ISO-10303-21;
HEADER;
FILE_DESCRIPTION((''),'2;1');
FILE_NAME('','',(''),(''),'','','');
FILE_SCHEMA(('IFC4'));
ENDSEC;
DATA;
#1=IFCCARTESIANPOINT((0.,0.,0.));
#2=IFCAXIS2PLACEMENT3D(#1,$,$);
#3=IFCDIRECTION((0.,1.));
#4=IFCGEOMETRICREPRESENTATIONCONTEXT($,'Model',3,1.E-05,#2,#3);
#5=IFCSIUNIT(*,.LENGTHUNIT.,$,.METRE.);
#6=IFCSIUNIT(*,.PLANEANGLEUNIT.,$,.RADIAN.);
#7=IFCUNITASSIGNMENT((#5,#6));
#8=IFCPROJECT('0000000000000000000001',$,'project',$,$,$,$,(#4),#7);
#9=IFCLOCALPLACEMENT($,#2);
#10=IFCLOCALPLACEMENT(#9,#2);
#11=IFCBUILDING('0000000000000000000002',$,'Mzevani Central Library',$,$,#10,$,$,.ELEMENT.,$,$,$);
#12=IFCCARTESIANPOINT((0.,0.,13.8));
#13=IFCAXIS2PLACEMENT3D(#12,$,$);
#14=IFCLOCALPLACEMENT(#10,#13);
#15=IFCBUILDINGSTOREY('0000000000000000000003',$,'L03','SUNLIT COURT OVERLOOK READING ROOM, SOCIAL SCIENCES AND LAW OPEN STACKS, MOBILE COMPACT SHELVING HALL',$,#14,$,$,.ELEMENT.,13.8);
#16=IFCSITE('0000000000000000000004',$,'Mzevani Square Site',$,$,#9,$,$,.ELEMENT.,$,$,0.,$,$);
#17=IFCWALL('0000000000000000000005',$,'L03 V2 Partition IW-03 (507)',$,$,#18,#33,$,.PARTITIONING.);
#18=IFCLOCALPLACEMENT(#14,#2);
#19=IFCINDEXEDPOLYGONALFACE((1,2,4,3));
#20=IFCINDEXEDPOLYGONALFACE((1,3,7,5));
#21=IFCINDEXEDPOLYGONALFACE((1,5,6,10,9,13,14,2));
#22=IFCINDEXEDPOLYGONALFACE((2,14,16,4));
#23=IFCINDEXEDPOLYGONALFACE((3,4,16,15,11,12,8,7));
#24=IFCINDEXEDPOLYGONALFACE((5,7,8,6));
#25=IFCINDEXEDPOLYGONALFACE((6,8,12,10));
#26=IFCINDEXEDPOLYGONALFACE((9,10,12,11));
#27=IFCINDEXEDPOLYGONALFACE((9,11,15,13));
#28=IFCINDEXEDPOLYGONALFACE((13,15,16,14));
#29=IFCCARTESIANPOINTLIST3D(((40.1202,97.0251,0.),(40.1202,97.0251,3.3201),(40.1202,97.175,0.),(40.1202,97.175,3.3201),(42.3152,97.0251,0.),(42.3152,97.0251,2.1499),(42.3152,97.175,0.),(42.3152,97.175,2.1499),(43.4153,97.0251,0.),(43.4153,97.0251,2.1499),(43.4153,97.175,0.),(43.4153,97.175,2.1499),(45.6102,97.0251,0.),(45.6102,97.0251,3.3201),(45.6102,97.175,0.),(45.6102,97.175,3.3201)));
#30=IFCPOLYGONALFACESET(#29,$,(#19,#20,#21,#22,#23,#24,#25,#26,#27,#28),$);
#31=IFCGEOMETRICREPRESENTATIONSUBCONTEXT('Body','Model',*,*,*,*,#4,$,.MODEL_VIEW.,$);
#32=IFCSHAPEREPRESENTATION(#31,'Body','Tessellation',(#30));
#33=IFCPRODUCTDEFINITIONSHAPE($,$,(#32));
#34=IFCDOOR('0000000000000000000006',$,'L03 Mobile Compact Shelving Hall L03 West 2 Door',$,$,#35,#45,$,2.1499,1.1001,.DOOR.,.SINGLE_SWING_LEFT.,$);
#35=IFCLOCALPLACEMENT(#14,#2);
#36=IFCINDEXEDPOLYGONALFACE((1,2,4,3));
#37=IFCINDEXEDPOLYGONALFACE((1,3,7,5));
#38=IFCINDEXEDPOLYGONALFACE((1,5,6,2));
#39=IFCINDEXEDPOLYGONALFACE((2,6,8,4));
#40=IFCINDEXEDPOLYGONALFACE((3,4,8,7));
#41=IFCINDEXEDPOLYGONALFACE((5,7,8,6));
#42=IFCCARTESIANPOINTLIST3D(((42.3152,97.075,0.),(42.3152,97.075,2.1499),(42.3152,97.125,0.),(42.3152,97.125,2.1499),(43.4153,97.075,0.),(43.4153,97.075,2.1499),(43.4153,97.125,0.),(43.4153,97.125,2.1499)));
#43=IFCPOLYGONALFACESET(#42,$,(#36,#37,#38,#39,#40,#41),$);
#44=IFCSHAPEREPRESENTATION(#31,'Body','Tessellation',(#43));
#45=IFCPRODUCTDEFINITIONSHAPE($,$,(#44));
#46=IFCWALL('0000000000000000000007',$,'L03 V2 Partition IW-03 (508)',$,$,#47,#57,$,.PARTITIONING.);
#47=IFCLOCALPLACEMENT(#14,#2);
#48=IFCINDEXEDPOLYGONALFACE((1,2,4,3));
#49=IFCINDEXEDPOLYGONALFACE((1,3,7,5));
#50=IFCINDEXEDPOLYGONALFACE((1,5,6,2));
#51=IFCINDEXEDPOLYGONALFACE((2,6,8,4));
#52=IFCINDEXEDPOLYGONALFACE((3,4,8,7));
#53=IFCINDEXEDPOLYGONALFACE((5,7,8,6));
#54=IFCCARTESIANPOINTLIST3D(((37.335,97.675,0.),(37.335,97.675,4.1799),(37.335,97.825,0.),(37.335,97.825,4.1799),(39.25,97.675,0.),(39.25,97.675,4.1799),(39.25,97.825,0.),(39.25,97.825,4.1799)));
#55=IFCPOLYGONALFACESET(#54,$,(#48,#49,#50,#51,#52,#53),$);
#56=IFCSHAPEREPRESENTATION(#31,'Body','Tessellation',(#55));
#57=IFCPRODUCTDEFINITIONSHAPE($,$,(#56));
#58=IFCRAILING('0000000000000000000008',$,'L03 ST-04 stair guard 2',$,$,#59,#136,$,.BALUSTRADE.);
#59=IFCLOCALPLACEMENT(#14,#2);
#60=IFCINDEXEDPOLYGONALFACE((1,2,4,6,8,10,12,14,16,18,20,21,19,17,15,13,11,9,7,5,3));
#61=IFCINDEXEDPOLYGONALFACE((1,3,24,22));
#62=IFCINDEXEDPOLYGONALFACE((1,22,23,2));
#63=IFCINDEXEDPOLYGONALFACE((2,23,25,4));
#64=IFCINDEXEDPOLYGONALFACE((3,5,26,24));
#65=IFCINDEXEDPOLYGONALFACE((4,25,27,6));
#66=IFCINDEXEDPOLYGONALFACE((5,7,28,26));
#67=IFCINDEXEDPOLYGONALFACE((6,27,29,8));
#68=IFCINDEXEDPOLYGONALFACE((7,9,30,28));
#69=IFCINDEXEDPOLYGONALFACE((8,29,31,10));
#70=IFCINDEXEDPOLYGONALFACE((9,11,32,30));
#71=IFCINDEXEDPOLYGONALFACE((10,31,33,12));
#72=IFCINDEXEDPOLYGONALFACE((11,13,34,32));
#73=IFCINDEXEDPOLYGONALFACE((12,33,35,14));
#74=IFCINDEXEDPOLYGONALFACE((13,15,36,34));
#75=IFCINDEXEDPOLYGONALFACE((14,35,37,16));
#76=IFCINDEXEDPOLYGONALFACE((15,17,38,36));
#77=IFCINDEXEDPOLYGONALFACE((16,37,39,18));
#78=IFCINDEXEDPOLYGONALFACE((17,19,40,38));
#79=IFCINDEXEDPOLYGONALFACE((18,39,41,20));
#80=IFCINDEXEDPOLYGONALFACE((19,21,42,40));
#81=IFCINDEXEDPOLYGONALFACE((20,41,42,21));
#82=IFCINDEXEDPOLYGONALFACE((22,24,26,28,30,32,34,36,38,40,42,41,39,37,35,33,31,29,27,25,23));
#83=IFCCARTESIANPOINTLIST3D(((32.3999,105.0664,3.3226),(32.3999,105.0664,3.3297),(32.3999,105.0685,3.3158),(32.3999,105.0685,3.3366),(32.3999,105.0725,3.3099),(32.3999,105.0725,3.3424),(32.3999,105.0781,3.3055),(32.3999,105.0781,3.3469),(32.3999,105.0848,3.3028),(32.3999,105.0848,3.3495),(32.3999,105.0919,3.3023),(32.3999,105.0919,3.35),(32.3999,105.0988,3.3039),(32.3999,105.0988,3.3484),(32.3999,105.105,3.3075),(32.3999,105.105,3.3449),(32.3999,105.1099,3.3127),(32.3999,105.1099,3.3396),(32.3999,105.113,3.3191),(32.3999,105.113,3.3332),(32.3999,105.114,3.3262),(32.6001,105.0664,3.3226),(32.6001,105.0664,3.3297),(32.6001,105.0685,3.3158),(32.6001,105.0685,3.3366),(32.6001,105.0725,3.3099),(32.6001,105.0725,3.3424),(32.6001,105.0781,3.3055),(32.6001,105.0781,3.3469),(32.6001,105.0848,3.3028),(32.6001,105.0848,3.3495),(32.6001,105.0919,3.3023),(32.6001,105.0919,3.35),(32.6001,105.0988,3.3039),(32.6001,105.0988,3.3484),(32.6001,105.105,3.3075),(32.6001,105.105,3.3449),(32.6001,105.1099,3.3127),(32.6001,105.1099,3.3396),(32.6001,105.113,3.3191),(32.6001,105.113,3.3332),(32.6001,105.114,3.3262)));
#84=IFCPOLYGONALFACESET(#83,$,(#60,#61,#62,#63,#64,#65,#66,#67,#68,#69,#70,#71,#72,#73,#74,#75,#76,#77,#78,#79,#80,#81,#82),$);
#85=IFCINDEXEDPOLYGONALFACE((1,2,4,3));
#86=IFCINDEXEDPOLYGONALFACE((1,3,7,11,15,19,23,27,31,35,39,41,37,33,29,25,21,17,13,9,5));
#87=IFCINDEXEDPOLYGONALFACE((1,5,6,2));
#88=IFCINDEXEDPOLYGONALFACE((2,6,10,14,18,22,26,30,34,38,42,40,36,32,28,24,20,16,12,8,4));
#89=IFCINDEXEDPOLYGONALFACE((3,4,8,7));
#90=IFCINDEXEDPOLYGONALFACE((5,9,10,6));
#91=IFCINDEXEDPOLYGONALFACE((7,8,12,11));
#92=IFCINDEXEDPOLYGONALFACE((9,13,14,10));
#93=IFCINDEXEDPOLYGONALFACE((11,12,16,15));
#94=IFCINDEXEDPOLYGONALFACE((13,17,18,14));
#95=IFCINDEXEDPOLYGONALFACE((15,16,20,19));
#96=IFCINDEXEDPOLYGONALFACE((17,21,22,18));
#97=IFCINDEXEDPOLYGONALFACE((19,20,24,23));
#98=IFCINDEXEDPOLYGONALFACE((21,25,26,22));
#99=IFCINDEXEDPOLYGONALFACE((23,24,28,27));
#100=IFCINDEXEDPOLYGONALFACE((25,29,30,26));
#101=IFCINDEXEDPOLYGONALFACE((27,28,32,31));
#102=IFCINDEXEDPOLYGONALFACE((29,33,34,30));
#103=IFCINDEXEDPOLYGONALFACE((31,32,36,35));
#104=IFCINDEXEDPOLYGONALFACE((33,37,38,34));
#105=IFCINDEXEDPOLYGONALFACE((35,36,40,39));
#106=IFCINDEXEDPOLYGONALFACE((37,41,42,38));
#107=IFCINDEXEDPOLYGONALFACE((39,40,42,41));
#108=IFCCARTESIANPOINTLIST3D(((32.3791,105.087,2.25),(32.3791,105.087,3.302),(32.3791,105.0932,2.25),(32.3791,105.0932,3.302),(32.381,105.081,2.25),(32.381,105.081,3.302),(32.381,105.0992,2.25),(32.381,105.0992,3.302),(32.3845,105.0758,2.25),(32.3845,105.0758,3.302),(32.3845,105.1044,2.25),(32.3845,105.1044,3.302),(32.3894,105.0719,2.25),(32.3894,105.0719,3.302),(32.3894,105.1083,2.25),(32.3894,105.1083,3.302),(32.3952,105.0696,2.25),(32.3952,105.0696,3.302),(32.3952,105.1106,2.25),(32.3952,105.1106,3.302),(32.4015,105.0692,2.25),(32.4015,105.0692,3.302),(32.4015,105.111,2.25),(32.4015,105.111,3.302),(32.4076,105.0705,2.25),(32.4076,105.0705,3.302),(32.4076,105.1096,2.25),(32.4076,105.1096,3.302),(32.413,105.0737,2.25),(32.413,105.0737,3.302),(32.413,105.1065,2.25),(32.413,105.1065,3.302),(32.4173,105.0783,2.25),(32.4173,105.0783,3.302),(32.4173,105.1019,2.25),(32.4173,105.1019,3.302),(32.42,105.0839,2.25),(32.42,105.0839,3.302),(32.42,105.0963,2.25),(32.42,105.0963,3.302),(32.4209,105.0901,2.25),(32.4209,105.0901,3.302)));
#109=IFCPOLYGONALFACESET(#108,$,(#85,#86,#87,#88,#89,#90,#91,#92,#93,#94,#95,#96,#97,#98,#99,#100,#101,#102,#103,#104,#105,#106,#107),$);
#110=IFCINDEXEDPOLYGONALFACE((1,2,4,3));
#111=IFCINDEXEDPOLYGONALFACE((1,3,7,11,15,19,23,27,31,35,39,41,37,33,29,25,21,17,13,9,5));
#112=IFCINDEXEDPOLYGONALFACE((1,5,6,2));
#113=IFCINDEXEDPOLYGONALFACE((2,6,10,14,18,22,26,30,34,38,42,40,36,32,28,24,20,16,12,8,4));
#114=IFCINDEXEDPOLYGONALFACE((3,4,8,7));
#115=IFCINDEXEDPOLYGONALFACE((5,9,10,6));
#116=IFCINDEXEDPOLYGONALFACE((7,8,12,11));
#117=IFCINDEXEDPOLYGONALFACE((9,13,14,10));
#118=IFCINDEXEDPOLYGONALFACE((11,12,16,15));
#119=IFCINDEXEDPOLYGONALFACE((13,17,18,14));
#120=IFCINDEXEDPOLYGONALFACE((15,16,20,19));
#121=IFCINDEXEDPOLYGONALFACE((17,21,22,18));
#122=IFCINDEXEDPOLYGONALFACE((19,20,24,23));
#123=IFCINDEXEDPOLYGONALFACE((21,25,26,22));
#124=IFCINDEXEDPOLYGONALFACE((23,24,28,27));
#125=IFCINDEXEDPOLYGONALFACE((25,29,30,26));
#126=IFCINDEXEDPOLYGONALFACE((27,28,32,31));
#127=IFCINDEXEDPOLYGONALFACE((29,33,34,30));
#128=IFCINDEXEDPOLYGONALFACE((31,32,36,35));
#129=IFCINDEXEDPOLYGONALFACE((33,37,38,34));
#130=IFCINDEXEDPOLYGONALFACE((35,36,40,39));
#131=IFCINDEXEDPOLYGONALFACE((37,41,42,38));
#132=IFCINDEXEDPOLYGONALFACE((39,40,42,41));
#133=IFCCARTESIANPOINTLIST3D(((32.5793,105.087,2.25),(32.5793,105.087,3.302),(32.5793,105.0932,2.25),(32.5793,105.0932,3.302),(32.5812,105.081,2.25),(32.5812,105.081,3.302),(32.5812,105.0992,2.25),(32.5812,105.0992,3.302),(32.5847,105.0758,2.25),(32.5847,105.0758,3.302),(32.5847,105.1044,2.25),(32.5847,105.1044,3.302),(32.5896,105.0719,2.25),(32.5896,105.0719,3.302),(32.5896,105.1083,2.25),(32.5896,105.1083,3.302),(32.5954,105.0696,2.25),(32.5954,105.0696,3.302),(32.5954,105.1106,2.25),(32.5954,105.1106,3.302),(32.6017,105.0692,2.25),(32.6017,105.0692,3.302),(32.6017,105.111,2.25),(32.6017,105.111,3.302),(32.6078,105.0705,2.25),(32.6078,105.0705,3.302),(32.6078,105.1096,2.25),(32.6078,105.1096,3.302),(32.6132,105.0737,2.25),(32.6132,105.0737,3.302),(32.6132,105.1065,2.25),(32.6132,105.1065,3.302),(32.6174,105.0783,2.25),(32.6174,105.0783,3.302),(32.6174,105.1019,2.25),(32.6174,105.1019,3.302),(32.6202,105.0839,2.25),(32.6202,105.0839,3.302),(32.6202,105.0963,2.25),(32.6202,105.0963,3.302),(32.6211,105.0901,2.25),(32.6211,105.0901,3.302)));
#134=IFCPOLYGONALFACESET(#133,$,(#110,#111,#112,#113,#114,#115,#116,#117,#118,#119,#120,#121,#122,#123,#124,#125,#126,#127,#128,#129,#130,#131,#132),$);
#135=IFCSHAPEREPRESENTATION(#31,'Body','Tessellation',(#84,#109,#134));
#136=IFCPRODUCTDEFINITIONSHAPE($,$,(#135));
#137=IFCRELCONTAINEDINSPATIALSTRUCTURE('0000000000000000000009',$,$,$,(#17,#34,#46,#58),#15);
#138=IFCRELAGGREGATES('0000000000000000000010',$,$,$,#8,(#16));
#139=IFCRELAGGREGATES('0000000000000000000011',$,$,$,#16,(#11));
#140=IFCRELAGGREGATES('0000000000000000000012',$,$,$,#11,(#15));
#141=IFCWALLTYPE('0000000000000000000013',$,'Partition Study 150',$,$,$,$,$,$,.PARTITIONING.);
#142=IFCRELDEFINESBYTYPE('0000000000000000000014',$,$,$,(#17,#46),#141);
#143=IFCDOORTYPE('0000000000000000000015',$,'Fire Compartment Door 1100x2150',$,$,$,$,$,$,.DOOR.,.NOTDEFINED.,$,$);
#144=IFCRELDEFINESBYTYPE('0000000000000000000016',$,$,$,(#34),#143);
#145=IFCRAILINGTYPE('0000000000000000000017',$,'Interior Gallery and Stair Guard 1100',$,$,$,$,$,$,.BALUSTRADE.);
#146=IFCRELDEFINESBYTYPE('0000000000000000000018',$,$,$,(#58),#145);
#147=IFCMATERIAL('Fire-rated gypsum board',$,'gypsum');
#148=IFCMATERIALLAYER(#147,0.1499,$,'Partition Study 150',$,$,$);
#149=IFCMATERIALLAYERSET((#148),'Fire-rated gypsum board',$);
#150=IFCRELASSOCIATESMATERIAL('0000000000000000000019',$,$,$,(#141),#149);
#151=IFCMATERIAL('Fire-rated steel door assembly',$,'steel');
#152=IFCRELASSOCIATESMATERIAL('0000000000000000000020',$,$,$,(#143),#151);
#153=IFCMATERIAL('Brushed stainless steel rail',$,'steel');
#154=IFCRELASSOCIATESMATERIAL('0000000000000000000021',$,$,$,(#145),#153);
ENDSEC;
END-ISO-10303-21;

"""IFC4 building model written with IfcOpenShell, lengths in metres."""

from ifc_helpers import new_model, si_unit, direction, frame, frame_2d, origin, origin_2d, place, context, subcontext, project, spatial, rectangle, circle, extrude, material, layer, layer_set, type_object, element, fill, save


model = new_model("IFC4")

# Units and contexts
model_context = context("Model", 3, precision=1e-05, world=origin(), true_north=direction((0.0, 1.0)))
body_context = subcontext(model_context, "Body", "Model", "MODEL_VIEW")
ifc_project = project(units=[si_unit("LENGTHUNIT", "METRE"), si_unit("PLANEANGLEUNIT", "RADIAN")], contexts=[model_context])

# Site, building, storey
site_placement = place(None, origin())
site = spatial("IfcSite", under=ifc_project, at=site_placement, Name="Mzevani Square Site", CompositionType="ELEMENT", RefElevation=0.0)
building_placement = place(site_placement, origin())
building = spatial("IfcBuilding", under=site, at=building_placement, Name="Mzevani Central Library", CompositionType="ELEMENT")
storey_placement = place(building_placement, frame((0.0, 0.0, 13.8)))
storey = spatial("IfcBuildingStorey", under=building, at=storey_placement, Name="L03", Description="SUNLIT COURT OVERLOOK READING ROOM, SOCIAL SCIENCES AND LAW OPEN STACKS, MOBILE COMPACT SHELVING HALL", CompositionType="ELEMENT", Elevation=13.8)

# Shared definitions
ifc_material_1 = material(Name="Fire-rated gypsum board", Category="gypsum")

# Shared definitions
ifc_layer_1 = layer(ifc_material_1, 0.1499, Name="Partition Study 150")
ifc_layer_set_1 = layer_set([ifc_layer_1], Name="Fire-rated gypsum board")
wall_type_1 = type_object("IfcWallType", Name="Partition Study 150", PredefinedType="PARTITIONING", material=ifc_layer_set_1)

# Wall, opening, door
wall_1_placement = place(storey_placement, frame((40.1201, 97.1001, 0.0), z_axis=(0.0, 0.0, 1.0), x_axis=(1.0, 0.0, 0.0)))
wall_1 = element("IfcWall", 1, at=wall_1_placement, inside=storey, type_object=wall_type_1, Name="L03 V2 Partition IW-03 (507)", PredefinedType="PARTITIONING", context=body_context, shape_type="SweptSolid", body=[
    extrude(rectangle(XDim=5.49, YDim=0.1499, at=frame_2d((2.7451, 0.0))), origin(), (0.0, 0.0, 1.0), 3.3201),
])
opening_1_placement = place(wall_1_placement, frame((2.1951, 0.0, 0.0)))
opening_1 = element("IfcOpeningElement", 2, at=opening_1_placement, cuts=wall_1, PredefinedType="OPENING", context=body_context, shape_type="SweptSolid", body=[
    extrude(rectangle(XDim=1.1001, YDim=2.1499, at=frame_2d((0.55, 1.075))), frame((0.0, 0.085, 0.0), z_axis=(0.0, -1.0, 0.0), x_axis=(1.0, 0.0, 0.0)), (0.0, 0.0, 1.0), 0.1699),
])
ifc_material_2 = material(Name="Fire-rated steel door assembly", Category="steel")
door_type_1 = type_object("IfcDoorType", Name="Fire Compartment Door 1100x2150", OperationType="NOTDEFINED", PredefinedType="DOOR", material=ifc_material_2)
door_1_placement = place(opening_1_placement, origin())
door_1 = element("IfcDoor", 3, at=door_1_placement, inside=storey, type_object=door_type_1, Name="L03 Mobile Compact Shelving Hall L03 West 2 Door", OperationType="SINGLE_SWING_LEFT", OverallHeight=2.1499, OverallWidth=1.1001, PredefinedType="DOOR", context=body_context, shape_type="SweptSolid", body=[
    extrude(rectangle(XDim=1.1001, YDim=2.1499, at=frame_2d((0.55, 1.075))), frame((0.0, 0.0249, 0.0), z_axis=(0.0, -1.0, 0.0), x_axis=(1.0, 0.0, 0.0)), (0.0, 0.0, 1.0), 0.05),
])
fill(opening_1, door_1)

# Wall
wall_2_placement = place(storey_placement, frame((37.335, 97.75, 0.0), z_axis=(0.0, 0.0, 1.0), x_axis=(1.0, 0.0, 0.0)))
element("IfcWall", 4, at=wall_2_placement, inside=storey, type_object=wall_type_1, Name="L03 V2 Partition IW-03 (508)", PredefinedType="PARTITIONING", context=body_context, shape_type="SweptSolid", body=[
    extrude(rectangle(XDim=1.915, YDim=0.1499, at=frame_2d((0.9575, 0.0))), origin(), (0.0, 0.0, 1.0), 4.1799),
])

# Railing
ifc_material_3 = material(Name="Brushed stainless steel rail", Category="steel")
railing_type = type_object("IfcRailingType", Name="Interior Gallery and Stair Guard 1100", PredefinedType="BALUSTRADE", material=ifc_material_3)
railing_placement = place(storey_placement, frame((32.3999, 105.0901, 2.25)))
element("IfcRailing", 5, at=railing_placement, inside=storey, type_object=railing_type, Name="L03 ST-04 stair guard 2", PredefinedType="BALUSTRADE", context=body_context, shape_type="SweptSolid", body=[
    extrude(circle(Radius=0.0239, at=origin_2d()), frame((0.0, 0.0, 1.0762), z_axis=(1.0, 0.0, 0.0), x_axis=(0.0, 1.0, 0.0)), (0.0, 0.0, 1.0), 0.2002),
    extrude(circle(Radius=0.021, at=origin_2d()), origin(), (0.0, 0.0, 1.0), 1.052),
    extrude(circle(Radius=0.021, at=origin_2d()), frame((0.2002, 0.0, 0.0)), (0.0, 0.0, 1.0), 1.052),
])

save(model, "model.ifc")
